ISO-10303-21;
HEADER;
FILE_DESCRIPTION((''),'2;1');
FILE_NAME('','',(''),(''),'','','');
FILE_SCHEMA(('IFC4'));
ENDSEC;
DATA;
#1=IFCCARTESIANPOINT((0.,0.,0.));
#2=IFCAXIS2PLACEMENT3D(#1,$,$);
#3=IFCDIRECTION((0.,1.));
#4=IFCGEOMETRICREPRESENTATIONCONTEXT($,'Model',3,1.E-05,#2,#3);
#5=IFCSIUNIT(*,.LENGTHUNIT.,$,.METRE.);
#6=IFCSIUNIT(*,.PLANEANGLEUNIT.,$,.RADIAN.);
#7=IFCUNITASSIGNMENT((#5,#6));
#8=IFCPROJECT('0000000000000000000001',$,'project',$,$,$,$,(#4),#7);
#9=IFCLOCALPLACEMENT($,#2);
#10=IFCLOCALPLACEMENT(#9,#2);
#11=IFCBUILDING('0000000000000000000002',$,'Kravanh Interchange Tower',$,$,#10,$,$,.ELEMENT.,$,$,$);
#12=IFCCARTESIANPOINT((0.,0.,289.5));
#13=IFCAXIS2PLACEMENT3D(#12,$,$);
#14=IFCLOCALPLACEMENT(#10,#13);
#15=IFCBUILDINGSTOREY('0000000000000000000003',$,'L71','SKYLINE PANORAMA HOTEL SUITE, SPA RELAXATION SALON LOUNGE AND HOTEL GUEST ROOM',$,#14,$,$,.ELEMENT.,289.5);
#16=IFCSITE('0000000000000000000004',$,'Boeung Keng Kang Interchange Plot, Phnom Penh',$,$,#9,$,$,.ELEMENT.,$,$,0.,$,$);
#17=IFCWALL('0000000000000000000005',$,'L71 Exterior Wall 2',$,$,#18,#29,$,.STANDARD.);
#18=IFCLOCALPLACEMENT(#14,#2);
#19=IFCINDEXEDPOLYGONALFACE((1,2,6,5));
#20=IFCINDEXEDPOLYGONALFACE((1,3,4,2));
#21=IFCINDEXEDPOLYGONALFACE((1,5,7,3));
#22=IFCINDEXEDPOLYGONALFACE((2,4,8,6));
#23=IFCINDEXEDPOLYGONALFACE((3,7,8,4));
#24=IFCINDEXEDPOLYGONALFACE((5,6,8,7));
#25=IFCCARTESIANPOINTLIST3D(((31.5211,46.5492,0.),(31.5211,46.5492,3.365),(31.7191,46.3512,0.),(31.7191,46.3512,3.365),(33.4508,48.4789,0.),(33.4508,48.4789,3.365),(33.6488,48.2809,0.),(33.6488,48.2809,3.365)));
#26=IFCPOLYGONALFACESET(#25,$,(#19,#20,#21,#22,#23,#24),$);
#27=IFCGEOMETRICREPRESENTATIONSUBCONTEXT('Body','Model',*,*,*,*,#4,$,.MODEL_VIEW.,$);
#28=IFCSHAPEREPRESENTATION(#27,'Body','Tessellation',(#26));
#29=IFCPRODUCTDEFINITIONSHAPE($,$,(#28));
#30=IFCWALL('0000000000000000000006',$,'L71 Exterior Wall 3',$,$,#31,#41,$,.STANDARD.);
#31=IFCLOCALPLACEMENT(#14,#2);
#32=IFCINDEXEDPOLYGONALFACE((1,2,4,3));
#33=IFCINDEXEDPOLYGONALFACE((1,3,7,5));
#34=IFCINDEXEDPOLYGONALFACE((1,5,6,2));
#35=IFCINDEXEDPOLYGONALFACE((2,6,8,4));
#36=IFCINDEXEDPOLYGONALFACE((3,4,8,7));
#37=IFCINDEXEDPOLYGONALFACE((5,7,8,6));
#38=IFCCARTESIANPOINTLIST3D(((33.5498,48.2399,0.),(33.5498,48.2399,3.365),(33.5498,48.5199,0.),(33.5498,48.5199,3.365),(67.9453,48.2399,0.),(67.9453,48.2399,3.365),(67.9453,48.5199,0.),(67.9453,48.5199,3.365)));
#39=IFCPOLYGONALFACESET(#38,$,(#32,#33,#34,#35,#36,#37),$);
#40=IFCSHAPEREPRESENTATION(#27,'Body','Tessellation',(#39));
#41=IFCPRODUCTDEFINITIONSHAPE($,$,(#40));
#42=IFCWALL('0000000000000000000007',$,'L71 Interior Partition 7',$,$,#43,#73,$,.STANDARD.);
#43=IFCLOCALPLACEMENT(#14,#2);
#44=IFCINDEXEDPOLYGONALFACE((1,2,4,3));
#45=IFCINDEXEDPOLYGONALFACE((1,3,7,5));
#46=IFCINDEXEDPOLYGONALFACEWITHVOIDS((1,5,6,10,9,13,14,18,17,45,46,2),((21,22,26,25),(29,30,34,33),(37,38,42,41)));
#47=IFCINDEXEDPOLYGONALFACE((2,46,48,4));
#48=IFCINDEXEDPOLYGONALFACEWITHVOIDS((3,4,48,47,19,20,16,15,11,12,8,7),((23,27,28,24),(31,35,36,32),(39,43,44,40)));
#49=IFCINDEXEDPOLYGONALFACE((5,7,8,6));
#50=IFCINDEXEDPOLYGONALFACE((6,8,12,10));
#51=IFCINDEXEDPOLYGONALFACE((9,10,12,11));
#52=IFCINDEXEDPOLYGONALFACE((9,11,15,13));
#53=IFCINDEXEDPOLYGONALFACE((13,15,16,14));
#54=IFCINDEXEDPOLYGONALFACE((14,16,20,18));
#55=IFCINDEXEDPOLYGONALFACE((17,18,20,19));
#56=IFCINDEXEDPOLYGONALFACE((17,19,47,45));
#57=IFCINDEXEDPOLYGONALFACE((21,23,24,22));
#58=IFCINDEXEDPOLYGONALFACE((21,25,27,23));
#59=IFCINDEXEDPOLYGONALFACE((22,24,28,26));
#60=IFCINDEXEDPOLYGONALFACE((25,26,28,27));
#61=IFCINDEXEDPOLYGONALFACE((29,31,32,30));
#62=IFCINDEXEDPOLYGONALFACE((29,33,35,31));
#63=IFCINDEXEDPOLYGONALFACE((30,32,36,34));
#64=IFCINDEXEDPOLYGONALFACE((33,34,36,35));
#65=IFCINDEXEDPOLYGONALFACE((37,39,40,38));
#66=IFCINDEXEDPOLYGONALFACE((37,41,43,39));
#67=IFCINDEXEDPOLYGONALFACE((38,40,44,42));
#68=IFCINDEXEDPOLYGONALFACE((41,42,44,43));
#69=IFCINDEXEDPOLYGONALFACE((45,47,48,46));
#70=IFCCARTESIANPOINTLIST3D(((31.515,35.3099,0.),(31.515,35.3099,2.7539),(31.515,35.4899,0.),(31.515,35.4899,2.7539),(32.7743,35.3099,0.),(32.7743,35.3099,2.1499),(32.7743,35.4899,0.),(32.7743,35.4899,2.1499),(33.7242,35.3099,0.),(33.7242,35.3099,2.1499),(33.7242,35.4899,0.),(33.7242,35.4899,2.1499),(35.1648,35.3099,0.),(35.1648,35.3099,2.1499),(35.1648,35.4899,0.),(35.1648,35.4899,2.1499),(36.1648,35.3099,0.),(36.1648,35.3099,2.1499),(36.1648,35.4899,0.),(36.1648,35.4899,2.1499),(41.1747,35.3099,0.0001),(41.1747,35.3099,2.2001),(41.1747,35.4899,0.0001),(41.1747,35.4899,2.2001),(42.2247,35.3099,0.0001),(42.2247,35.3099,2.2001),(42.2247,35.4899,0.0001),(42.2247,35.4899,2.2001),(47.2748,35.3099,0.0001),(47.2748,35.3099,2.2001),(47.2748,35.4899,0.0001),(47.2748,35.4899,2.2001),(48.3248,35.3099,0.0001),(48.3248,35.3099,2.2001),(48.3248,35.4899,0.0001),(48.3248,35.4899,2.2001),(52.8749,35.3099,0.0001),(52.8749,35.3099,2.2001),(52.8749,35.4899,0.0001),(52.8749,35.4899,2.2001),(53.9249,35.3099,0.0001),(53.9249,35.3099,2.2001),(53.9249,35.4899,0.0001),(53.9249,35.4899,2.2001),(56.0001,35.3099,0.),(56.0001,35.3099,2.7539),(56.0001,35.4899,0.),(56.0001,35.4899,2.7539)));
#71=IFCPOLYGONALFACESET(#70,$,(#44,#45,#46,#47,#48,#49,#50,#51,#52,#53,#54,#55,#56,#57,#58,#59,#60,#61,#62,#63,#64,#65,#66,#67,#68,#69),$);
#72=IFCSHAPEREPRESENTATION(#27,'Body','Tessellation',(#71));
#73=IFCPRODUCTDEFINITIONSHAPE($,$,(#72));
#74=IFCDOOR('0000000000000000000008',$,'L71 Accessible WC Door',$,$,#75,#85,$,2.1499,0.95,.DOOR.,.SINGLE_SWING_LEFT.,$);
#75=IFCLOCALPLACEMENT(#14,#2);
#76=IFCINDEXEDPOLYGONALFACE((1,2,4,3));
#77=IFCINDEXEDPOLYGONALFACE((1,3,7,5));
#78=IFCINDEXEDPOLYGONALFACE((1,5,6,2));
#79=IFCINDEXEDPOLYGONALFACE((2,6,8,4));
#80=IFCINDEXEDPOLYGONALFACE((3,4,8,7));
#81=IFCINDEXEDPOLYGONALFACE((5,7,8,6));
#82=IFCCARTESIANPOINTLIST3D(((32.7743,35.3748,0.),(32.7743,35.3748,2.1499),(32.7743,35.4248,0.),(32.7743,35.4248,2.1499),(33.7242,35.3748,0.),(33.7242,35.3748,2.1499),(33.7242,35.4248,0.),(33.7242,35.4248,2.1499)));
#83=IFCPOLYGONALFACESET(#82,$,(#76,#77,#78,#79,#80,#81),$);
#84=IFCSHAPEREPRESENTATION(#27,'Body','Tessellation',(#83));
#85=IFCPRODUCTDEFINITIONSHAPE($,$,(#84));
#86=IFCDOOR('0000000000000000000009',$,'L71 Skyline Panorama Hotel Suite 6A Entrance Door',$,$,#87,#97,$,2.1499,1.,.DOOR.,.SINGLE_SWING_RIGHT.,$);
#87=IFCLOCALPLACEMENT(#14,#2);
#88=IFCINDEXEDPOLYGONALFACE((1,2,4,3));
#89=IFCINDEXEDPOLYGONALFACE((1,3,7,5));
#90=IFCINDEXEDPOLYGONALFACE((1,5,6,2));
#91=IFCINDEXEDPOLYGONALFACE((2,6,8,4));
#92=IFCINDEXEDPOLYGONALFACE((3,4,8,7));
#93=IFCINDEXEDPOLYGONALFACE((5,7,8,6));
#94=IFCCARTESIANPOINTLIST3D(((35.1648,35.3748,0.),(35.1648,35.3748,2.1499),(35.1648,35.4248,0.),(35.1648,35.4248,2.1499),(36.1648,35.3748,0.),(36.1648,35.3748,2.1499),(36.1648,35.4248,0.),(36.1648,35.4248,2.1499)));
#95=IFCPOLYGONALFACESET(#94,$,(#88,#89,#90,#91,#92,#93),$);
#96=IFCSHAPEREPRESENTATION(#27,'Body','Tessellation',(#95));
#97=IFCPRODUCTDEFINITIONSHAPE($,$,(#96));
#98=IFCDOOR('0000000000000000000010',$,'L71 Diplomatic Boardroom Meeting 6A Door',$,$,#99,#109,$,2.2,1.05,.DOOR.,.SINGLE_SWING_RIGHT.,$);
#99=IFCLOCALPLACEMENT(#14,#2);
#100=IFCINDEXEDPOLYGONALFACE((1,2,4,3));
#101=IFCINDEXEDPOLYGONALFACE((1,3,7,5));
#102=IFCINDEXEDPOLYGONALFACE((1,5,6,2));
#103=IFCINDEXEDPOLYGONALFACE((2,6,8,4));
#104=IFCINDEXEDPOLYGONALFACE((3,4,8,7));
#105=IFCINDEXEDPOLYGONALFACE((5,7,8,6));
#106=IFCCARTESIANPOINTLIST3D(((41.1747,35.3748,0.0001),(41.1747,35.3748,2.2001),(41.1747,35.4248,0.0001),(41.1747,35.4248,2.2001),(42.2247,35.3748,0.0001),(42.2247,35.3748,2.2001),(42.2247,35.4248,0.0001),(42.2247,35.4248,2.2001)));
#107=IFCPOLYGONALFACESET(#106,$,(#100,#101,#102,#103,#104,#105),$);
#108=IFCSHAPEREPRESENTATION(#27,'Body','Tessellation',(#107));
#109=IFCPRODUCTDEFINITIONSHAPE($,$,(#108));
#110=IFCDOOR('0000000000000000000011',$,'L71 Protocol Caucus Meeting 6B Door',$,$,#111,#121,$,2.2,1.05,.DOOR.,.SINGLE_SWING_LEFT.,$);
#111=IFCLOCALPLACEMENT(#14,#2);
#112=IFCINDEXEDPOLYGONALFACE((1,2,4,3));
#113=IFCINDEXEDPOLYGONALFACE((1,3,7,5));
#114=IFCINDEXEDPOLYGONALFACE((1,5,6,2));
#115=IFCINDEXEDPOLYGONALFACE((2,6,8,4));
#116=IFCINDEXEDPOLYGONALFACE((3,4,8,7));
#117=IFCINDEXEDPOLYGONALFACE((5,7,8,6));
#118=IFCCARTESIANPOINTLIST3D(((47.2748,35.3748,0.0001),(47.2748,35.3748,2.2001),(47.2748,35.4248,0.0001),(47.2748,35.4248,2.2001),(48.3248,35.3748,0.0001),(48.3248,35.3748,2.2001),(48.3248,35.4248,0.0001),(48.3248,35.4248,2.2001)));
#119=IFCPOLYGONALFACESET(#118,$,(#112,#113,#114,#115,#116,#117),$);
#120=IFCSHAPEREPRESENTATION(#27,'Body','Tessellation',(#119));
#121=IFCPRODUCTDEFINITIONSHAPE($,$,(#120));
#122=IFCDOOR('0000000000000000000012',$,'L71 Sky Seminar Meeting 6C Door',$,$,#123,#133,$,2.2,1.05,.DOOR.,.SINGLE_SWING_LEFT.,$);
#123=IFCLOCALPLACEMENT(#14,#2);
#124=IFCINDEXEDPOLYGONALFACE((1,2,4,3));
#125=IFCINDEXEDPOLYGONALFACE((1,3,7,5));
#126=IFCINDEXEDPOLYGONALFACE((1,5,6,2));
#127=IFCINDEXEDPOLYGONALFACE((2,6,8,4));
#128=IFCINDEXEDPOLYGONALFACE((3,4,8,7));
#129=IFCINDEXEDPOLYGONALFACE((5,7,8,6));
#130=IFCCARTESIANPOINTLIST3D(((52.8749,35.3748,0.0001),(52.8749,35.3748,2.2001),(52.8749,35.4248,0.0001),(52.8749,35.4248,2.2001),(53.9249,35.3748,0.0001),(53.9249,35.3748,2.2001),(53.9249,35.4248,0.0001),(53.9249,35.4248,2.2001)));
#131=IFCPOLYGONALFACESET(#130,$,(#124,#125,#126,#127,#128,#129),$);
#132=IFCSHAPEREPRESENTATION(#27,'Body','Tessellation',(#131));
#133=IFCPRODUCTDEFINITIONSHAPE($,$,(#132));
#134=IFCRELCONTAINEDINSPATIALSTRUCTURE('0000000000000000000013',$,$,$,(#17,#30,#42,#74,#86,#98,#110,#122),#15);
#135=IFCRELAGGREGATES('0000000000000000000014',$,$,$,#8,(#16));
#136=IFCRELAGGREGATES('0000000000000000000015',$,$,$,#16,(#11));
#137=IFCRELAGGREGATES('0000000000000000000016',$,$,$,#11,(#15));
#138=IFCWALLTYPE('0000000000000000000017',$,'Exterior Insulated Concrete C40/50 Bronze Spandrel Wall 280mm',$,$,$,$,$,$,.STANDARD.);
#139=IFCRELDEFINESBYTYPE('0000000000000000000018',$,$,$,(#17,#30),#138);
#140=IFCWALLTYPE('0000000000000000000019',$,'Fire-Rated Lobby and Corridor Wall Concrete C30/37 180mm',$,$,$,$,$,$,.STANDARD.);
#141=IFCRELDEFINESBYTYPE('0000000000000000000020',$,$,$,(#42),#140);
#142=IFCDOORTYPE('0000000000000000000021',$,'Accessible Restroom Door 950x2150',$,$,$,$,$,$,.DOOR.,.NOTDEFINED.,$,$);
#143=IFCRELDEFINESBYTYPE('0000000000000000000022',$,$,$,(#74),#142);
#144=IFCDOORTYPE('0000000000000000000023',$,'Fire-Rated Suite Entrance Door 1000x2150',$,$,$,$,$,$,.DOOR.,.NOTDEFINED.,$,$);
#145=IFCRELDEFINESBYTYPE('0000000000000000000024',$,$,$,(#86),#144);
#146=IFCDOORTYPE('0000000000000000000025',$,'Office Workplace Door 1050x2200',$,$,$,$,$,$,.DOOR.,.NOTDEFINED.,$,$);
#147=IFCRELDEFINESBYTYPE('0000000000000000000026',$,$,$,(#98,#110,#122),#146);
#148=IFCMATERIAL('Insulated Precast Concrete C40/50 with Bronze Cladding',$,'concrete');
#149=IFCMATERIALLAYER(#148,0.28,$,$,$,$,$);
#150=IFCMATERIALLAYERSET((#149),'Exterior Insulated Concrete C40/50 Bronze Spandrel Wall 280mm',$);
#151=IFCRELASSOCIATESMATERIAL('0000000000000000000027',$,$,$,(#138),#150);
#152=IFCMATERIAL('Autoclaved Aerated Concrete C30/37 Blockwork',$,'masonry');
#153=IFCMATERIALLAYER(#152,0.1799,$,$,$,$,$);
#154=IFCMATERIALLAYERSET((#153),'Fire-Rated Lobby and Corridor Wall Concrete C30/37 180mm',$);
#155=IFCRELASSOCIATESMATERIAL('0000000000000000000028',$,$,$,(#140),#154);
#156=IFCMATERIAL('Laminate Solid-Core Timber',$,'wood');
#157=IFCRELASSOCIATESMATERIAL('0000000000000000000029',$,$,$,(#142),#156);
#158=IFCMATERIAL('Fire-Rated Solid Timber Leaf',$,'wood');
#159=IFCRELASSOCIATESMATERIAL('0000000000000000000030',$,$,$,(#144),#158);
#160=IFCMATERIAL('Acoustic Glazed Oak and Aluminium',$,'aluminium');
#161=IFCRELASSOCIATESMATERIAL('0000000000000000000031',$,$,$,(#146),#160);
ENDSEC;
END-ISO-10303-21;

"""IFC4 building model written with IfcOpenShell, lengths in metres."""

from ifc_helpers import new_model, si_unit, direction, frame, frame_2d, origin, place, context, subcontext, project, spatial, rectangle, extrude, material, layer, layer_set, type_object, element, fill, save


model = new_model("IFC4")

# Units and contexts
model_context = context("Model", 3, precision=1e-05, world=origin(), true_north=direction((0.0, 1.0)))
body_context = subcontext(model_context, "Body", "Model", "MODEL_VIEW")
ifc_project = project(units=[si_unit("LENGTHUNIT", "METRE"), si_unit("PLANEANGLEUNIT", "RADIAN")], contexts=[model_context])

# Site, building, storey
site_placement = place(None, origin())
site = spatial("IfcSite", under=ifc_project, at=site_placement, Name="Boeung Keng Kang Interchange Plot, Phnom Penh", CompositionType="ELEMENT", RefElevation=0.0)
building_placement = place(site_placement, origin())
building = spatial("IfcBuilding", under=site, at=building_placement, Name="Kravanh Interchange Tower", CompositionType="ELEMENT")
storey_placement = place(building_placement, frame((0.0, 0.0, 289.5)))
storey = spatial("IfcBuildingStorey", under=building, at=storey_placement, Name="L71", Description="SKYLINE PANORAMA HOTEL SUITE, SPA RELAXATION SALON LOUNGE AND HOTEL GUEST ROOM", CompositionType="ELEMENT", Elevation=289.5)

# Walls
ifc_material_1 = material(Name="Insulated Precast Concrete C40/50 with Bronze Cladding", Category="concrete")
ifc_layer_1 = layer(ifc_material_1, 0.28)
ifc_layer_set_1 = layer_set([ifc_layer_1], Name="Exterior Insulated Concrete C40/50 Bronze Spandrel Wall 280mm")
wall_type_1 = type_object("IfcWallType", Name="Exterior Insulated Concrete C40/50 Bronze Spandrel Wall 280mm", PredefinedType="STANDARD", material=ifc_layer_set_1)
wall_1_placement = place(storey_placement, frame((31.6201, 46.4502, 0.0), z_axis=(0.0, 0.0, 1.0), x_axis=(0.707107, 0.707107, 0.0)))
element("IfcWall", 1, at=wall_1_placement, inside=storey, type_object=wall_type_1, Name="L71 Exterior Wall 2", PredefinedType="STANDARD", context=body_context, shape_type="SweptSolid", body=[
    extrude(rectangle(XDim=2.729, YDim=0.28, at=frame_2d((1.3645, 0.0))), origin(), (0.0, 0.0, 1.0), 3.365),
])
wall_2_placement = place(storey_placement, frame((33.5498, 48.3799, 0.0), z_axis=(0.0, 0.0, 1.0), x_axis=(1.0, 0.0, 0.0)))
element("IfcWall", 2, at=wall_2_placement, inside=storey, type_object=wall_type_1, Name="L71 Exterior Wall 3", PredefinedType="STANDARD", context=body_context, shape_type="SweptSolid", body=[
    extrude(rectangle(XDim=34.3955, YDim=0.28, at=frame_2d((17.1978, 0.0))), origin(), (0.0, 0.0, 1.0), 3.365),
])

# Wall, openings, doors
ifc_material_2 = material(Name="Autoclaved Aerated Concrete C30/37 Blockwork", Category="masonry")
ifc_layer_2 = layer(ifc_material_2, 0.1799)
ifc_layer_set_2 = layer_set([ifc_layer_2], Name="Fire-Rated Lobby and Corridor Wall Concrete C30/37 180mm")
wall_type_2 = type_object("IfcWallType", Name="Fire-Rated Lobby and Corridor Wall Concrete C30/37 180mm", PredefinedType="STANDARD", material=ifc_layer_set_2)
wall_3_placement = place(storey_placement, frame((31.5149, 35.3999, 0.0), z_axis=(0.0, 0.0, 1.0), x_axis=(1.0, 0.0, 0.0)))
wall_3 = element("IfcWall", 3, at=wall_3_placement, inside=storey, type_object=wall_type_2, Name="L71 Interior Partition 7", PredefinedType="STANDARD", context=body_context, shape_type="SweptSolid", body=[
    extrude(rectangle(XDim=24.4851, YDim=0.1799, at=frame_2d((12.2427, 0.0))), origin(), (0.0, 0.0, 1.0), 2.7539),
])
opening_1_placement = place(wall_3_placement, frame((1.2593, 0.0, 0.0)))
opening_1 = element("IfcOpeningElement", 4, at=opening_1_placement, cuts=wall_3, PredefinedType="OPENING", context=body_context, shape_type="SweptSolid", body=[
    extrude(rectangle(XDim=0.95, YDim=2.1499, at=frame_2d((0.4751, 1.075))), frame((0.0, 0.1001, 0.0), z_axis=(0.0, -1.0, 0.0), x_axis=(1.0, 0.0, 0.0)), (0.0, 0.0, 1.0), 0.2),
])
opening_2_placement = place(wall_3_placement, frame((3.6499, 0.0, 0.0)))
opening_2 = element("IfcOpeningElement", 5, at=opening_2_placement, cuts=wall_3, PredefinedType="OPENING", context=body_context, shape_type="SweptSolid", body=[
    extrude(rectangle(XDim=1.0, YDim=2.1499, at=frame_2d((0.5, 1.075))), frame((0.0, 0.1001, 0.0), z_axis=(0.0, -1.0, 0.0), x_axis=(1.0, 0.0, 0.0)), (0.0, 0.0, 1.0), 0.2),
])
opening_3_placement = place(wall_3_placement, frame((9.6599, 0.0, 0.0)))
opening_3 = element("IfcOpeningElement", 6, at=opening_3_placement, cuts=wall_3, PredefinedType="OPENING", context=body_context, shape_type="SweptSolid", body=[
    extrude(rectangle(XDim=1.05, YDim=2.2, at=frame_2d((0.5249, 1.1001))), frame((0.0, 0.1001, 0.0), z_axis=(0.0, -1.0, 0.0), x_axis=(1.0, 0.0, 0.0)), (0.0, 0.0, 1.0), 0.2),
])
opening_4_placement = place(wall_3_placement, frame((15.76, 0.0, 0.0)))
opening_4 = element("IfcOpeningElement", 7, at=opening_4_placement, cuts=wall_3, PredefinedType="OPENING", context=body_context, shape_type="SweptSolid", body=[
    extrude(rectangle(XDim=1.05, YDim=2.2, at=frame_2d((0.5249, 1.1001))), frame((0.0, 0.1001, 0.0), z_axis=(0.0, -1.0, 0.0), x_axis=(1.0, 0.0, 0.0)), (0.0, 0.0, 1.0), 0.2),
])
opening_5_placement = place(wall_3_placement, frame((21.3601, 0.0, 0.0)))
opening_5 = element("IfcOpeningElement", 8, at=opening_5_placement, cuts=wall_3, PredefinedType="OPENING", context=body_context, shape_type="SweptSolid", body=[
    extrude(rectangle(XDim=1.05, YDim=2.2, at=frame_2d((0.5249, 1.1001))), frame((0.0, 0.1001, 0.0), z_axis=(0.0, -1.0, 0.0), x_axis=(1.0, 0.0, 0.0)), (0.0, 0.0, 1.0), 0.2),
])
ifc_material_3 = material(Name="Laminate Solid-Core Timber", Category="wood")
door_type_1 = type_object("IfcDoorType", Name="Accessible Restroom Door 950x2150", OperationType="NOTDEFINED", PredefinedType="DOOR", material=ifc_material_3)
door_1_placement = place(opening_1_placement, origin())
door_1 = element("IfcDoor", 9, at=door_1_placement, inside=storey, type_object=door_type_1, Name="L71 Accessible WC Door", OperationType="SINGLE_SWING_LEFT", OverallHeight=2.1499, OverallWidth=0.95, PredefinedType="DOOR", context=body_context, shape_type="SweptSolid", body=[
    extrude(rectangle(XDim=0.95, YDim=2.1499, at=frame_2d((0.4751, 1.075))), frame((0.0, 0.0249, 0.0), z_axis=(0.0, -1.0, 0.0), x_axis=(1.0, 0.0, 0.0)), (0.0, 0.0, 1.0), 0.05),
])
fill(opening_1, door_1)
ifc_material_4 = material(Name="Fire-Rated Solid Timber Leaf", Category="wood")
door_type_2 = type_object("IfcDoorType", Name="Fire-Rated Suite Entrance Door 1000x2150", OperationType="NOTDEFINED", PredefinedType="DOOR", material=ifc_material_4)
door_2_placement = place(opening_2_placement, origin())
door_2 = element("IfcDoor", 10, at=door_2_placement, inside=storey, type_object=door_type_2, Name="L71 Skyline Panorama Hotel Suite 6A Entrance Door", OperationType="SINGLE_SWING_RIGHT", OverallHeight=2.1499, OverallWidth=1.0, PredefinedType="DOOR", context=body_context, shape_type="SweptSolid", body=[
    extrude(rectangle(XDim=1.0, YDim=2.1499, at=frame_2d((0.5, 1.075))), frame((0.0, 0.0249, 0.0), z_axis=(0.0, -1.0, 0.0), x_axis=(1.0, 0.0, 0.0)), (0.0, 0.0, 1.0), 0.05),
])
fill(opening_2, door_2)
ifc_material_5 = material(Name="Acoustic Glazed Oak and Aluminium", Category="aluminium")
door_type_3 = type_object("IfcDoorType", Name="Office Workplace Door 1050x2200", OperationType="NOTDEFINED", PredefinedType="DOOR", material=ifc_material_5)
door_3_placement = place(opening_3_placement, origin())
door_3 = element("IfcDoor", 11, at=door_3_placement, inside=storey, type_object=door_type_3, Name="L71 Diplomatic Boardroom Meeting 6A Door", OperationType="SINGLE_SWING_RIGHT", OverallHeight=2.2, OverallWidth=1.05, PredefinedType="DOOR", context=body_context, shape_type="SweptSolid", body=[
    extrude(rectangle(XDim=1.05, YDim=2.2, at=frame_2d((0.5249, 1.1001))), frame((0.0, 0.0249, 0.0), z_axis=(0.0, -1.0, 0.0), x_axis=(1.0, 0.0, 0.0)), (0.0, 0.0, 1.0), 0.05),
])
fill(opening_3, door_3)
door_4_placement = place(opening_4_placement, origin())
door_4 = element("IfcDoor", 12, at=door_4_placement, inside=storey, type_object=door_type_3, Name="L71 Protocol Caucus Meeting 6B Door", OperationType="SINGLE_SWING_LEFT", OverallHeight=2.2, OverallWidth=1.05, PredefinedType="DOOR", context=body_context, shape_type="SweptSolid", body=[
    extrude(rectangle(XDim=1.05, YDim=2.2, at=frame_2d((0.5249, 1.1001))), frame((0.0, 0.0249, 0.0), z_axis=(0.0, -1.0, 0.0), x_axis=(1.0, 0.0, 0.0)), (0.0, 0.0, 1.0), 0.05),
])
fill(opening_4, door_4)
door_5_placement = place(opening_5_placement, origin())
door_5 = element("IfcDoor", 13, at=door_5_placement, inside=storey, type_object=door_type_3, Name="L71 Sky Seminar Meeting 6C Door", OperationType="SINGLE_SWING_LEFT", OverallHeight=2.2, OverallWidth=1.05, PredefinedType="DOOR", context=body_context, shape_type="SweptSolid", body=[
    extrude(rectangle(XDim=1.05, YDim=2.2, at=frame_2d((0.5249, 1.1001))), frame((0.0, 0.0249, 0.0), z_axis=(0.0, -1.0, 0.0), x_axis=(1.0, 0.0, 0.0)), (0.0, 0.0, 1.0), 0.05),
])
fill(opening_5, door_5)

save(model, "model.ifc")
